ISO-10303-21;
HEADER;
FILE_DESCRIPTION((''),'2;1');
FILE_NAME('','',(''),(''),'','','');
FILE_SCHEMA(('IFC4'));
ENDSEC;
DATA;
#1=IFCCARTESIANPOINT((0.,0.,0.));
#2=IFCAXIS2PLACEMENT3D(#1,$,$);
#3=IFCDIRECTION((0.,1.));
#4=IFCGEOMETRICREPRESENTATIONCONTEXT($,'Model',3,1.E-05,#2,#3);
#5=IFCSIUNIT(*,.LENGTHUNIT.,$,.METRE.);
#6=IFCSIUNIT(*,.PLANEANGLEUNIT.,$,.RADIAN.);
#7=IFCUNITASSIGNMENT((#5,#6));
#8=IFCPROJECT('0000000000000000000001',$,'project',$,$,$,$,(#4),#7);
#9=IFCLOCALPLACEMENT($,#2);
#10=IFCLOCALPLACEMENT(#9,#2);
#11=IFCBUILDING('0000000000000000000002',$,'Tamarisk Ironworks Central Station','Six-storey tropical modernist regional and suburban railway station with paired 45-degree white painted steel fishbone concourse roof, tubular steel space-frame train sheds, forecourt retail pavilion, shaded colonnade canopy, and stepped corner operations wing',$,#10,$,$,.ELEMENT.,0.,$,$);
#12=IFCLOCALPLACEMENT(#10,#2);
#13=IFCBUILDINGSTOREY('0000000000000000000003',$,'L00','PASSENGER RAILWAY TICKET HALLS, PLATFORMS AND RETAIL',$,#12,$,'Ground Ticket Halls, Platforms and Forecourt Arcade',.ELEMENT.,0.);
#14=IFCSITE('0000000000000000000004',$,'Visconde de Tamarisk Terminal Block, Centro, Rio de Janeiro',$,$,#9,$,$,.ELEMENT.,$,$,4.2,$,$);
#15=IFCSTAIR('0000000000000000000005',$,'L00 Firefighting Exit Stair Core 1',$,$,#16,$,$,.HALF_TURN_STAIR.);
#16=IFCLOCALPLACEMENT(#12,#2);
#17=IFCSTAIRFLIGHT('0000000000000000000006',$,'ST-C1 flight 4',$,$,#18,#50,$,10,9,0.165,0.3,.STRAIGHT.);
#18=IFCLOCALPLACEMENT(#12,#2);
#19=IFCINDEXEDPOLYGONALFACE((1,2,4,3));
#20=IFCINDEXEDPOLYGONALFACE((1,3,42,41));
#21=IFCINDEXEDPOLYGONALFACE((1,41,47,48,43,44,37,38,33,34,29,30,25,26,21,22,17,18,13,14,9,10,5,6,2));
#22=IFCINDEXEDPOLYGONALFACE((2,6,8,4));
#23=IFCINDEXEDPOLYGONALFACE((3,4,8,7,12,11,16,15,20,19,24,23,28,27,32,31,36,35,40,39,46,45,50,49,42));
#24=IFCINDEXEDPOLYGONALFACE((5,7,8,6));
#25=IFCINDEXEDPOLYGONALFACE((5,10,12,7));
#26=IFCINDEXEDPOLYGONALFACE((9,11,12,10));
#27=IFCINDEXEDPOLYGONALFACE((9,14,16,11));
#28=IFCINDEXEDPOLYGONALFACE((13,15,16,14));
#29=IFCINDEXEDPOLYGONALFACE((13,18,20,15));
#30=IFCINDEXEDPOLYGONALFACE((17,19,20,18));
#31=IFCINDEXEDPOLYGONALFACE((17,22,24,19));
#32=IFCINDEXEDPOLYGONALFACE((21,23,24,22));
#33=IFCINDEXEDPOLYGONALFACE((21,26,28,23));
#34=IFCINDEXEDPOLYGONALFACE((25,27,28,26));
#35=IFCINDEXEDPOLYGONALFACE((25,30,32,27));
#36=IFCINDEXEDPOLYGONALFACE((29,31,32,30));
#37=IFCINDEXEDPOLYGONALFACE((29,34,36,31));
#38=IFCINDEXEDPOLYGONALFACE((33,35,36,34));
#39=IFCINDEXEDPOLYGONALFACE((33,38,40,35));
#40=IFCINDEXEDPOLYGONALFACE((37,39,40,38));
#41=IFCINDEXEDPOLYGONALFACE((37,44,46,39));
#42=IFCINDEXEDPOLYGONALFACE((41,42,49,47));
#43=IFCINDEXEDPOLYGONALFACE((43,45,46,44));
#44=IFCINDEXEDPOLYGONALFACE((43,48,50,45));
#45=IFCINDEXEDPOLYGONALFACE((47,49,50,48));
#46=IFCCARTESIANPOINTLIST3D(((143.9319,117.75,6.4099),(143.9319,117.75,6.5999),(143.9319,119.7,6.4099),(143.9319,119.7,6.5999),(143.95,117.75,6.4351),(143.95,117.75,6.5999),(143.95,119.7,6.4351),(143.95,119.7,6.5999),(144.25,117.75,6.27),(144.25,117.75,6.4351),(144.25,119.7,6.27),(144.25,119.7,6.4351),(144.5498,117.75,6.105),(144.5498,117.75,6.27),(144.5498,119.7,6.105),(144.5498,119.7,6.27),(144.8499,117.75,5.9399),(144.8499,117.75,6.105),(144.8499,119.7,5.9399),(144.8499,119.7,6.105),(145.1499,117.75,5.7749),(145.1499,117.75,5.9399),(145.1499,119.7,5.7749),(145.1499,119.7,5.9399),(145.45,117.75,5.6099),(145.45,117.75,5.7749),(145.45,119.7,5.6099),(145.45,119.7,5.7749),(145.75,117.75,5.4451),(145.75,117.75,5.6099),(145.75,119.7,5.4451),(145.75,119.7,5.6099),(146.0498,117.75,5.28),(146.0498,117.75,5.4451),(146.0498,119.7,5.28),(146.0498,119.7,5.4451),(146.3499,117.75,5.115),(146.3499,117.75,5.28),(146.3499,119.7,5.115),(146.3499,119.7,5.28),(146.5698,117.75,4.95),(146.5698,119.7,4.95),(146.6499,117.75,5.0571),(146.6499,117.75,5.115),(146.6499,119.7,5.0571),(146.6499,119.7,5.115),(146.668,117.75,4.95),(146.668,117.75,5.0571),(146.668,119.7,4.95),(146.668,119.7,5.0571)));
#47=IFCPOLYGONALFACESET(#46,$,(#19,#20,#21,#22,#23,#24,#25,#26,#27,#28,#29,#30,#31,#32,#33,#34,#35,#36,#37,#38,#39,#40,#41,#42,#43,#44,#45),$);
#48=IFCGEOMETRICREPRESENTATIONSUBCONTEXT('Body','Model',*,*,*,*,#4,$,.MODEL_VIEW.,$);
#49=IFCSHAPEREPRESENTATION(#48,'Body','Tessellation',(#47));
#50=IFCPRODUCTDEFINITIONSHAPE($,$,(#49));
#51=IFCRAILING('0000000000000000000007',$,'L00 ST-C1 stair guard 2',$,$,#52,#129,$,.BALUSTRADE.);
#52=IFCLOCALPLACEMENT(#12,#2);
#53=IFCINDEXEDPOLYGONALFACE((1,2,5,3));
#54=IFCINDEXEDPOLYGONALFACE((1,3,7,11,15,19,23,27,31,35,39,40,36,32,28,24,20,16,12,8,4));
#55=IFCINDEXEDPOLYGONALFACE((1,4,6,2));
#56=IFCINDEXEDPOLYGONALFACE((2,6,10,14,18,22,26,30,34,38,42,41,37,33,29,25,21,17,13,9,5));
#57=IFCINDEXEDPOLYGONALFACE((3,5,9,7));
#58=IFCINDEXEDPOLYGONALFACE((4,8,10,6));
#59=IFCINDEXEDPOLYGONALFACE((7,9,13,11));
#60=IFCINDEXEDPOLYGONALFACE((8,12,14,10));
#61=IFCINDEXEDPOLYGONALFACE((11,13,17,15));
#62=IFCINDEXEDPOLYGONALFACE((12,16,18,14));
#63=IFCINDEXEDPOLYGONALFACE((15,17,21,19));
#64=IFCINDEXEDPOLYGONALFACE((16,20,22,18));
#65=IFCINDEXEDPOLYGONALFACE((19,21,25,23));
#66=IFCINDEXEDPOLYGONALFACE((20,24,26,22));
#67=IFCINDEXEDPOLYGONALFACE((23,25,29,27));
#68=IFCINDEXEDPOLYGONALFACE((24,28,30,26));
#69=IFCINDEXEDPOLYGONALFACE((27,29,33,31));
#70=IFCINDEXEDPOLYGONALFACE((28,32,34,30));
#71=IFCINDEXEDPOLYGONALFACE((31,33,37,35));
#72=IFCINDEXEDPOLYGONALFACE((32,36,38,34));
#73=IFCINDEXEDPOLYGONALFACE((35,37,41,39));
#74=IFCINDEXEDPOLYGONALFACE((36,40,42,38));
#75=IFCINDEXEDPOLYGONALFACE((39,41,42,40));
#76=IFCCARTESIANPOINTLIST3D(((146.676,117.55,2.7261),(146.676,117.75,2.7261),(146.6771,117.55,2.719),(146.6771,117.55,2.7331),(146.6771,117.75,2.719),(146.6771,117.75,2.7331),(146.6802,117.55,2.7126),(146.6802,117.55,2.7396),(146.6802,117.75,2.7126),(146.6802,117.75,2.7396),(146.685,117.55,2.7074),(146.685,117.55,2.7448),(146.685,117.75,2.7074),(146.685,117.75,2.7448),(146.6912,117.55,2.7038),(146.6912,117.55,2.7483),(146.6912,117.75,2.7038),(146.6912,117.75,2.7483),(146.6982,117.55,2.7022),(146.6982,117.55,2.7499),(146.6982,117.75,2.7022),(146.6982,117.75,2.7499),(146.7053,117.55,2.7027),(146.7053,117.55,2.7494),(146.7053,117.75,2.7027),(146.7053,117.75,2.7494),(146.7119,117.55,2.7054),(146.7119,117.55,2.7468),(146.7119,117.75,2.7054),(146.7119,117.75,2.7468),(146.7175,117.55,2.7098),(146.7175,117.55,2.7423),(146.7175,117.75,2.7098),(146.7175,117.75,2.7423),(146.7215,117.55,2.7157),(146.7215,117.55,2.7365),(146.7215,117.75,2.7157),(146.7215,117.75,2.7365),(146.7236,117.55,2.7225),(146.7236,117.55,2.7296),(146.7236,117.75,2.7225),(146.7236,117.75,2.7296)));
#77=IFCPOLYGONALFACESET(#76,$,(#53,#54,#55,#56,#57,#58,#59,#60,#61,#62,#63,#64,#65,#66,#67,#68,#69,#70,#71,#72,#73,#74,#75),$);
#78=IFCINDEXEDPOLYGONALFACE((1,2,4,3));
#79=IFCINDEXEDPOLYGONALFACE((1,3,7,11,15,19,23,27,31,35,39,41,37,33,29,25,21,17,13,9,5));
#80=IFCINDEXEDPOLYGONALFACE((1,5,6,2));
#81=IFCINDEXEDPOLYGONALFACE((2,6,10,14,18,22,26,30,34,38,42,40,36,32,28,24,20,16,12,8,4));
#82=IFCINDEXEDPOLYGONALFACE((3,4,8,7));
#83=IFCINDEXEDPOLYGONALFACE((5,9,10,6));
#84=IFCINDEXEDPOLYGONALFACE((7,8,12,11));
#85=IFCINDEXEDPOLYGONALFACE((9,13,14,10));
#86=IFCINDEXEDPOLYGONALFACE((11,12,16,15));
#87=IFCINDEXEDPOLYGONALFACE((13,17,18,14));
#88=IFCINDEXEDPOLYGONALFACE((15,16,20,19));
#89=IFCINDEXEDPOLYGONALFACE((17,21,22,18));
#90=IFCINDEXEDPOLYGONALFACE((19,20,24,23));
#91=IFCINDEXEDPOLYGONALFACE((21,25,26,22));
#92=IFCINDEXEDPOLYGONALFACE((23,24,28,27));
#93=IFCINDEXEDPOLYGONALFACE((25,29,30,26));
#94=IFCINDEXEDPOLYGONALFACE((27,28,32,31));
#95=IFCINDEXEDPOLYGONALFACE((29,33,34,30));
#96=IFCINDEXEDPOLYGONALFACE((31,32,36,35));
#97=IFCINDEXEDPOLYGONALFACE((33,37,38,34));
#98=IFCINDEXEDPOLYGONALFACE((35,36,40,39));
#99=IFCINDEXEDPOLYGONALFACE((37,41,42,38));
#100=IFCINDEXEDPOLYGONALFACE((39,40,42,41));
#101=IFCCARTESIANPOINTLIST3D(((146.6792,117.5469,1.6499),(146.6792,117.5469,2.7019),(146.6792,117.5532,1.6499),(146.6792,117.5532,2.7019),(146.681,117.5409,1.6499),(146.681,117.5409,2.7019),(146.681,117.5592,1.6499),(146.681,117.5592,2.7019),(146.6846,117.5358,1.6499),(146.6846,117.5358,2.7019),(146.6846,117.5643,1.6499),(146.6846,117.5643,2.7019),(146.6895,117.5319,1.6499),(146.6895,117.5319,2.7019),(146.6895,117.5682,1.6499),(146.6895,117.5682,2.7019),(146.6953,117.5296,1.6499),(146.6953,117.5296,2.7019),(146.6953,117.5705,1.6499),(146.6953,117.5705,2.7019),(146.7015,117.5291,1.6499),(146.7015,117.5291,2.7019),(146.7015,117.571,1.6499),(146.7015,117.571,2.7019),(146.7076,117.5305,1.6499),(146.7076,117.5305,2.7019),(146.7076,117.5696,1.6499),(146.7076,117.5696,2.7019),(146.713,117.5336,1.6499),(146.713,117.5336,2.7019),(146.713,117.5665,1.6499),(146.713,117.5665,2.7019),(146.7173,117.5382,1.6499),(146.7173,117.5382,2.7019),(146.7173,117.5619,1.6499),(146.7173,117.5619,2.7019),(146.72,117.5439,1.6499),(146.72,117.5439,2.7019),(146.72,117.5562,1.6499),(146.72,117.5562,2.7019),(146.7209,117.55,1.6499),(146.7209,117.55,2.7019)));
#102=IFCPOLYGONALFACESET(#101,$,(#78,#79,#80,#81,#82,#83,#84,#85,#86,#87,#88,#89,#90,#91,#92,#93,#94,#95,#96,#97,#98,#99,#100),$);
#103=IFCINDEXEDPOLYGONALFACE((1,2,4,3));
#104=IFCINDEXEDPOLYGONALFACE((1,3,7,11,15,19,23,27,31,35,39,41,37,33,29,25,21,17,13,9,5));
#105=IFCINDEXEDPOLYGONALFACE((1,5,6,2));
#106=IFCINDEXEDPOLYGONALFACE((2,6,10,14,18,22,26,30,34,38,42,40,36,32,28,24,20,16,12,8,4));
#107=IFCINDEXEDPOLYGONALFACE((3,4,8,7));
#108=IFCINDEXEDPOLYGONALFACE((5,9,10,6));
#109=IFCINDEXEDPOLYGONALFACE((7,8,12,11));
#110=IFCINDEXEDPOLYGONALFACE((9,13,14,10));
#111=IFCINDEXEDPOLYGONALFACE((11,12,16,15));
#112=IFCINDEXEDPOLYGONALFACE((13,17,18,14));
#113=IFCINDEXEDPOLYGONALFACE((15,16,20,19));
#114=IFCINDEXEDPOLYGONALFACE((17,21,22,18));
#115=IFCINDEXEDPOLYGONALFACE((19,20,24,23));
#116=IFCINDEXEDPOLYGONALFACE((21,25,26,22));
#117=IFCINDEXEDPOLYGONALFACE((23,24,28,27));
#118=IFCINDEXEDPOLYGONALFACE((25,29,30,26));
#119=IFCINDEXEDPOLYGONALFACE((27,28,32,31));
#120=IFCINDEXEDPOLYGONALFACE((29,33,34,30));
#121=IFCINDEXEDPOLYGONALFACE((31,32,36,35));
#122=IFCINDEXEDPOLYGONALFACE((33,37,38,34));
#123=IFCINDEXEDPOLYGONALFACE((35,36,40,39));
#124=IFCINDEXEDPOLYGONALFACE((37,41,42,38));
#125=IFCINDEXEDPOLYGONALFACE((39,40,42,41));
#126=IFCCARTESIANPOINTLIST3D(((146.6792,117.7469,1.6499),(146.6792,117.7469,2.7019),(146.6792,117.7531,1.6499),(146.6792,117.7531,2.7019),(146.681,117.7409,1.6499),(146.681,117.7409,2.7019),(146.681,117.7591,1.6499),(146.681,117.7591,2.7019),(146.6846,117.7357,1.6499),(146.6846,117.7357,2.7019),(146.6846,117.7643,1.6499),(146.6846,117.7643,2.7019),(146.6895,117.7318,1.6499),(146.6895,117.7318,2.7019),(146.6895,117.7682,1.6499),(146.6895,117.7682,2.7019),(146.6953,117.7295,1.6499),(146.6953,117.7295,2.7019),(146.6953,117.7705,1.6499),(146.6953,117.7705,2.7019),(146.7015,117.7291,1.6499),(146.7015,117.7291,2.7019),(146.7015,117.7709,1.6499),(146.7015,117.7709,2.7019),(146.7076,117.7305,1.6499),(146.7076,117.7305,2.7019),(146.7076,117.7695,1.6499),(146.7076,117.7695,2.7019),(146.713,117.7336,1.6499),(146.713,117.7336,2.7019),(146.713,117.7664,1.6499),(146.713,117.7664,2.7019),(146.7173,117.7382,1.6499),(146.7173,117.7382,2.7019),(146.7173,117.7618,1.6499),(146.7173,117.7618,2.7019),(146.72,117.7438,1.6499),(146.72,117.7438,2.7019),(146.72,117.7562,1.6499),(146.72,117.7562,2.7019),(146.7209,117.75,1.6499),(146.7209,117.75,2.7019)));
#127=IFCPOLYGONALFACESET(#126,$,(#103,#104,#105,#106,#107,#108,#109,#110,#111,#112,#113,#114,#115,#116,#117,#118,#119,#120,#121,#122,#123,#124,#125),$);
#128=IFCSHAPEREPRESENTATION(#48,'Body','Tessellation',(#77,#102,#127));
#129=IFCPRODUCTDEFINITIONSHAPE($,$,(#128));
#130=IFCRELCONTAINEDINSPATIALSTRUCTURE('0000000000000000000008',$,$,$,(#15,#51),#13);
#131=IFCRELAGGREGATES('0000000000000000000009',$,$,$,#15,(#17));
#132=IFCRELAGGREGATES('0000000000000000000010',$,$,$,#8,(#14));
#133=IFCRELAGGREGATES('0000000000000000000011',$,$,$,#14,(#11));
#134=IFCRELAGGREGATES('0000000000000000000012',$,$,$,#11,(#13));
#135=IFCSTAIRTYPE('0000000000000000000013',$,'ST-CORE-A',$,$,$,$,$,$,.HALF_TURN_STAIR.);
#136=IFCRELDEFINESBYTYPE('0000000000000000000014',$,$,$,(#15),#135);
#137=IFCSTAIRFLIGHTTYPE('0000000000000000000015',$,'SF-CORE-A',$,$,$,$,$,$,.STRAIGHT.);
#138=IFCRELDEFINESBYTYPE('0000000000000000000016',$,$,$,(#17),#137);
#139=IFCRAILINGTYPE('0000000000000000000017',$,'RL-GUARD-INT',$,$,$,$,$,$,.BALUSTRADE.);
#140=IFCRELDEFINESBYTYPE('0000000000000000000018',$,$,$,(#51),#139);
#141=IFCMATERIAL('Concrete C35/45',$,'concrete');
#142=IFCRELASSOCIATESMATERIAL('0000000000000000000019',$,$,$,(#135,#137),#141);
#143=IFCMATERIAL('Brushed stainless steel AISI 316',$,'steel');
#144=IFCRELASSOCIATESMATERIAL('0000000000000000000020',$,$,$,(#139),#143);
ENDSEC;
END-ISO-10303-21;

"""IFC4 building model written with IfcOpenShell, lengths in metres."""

from ifc_helpers import new_model, si_unit, direction, frame, origin, origin_2d, place, context, subcontext, project, spatial, polyline, circle, outline, extrude, material, type_object, element, aggregate, save


model = new_model("IFC4")

# Units and contexts
model_context = context("Model", 3, precision=1e-05, world=origin(), true_north=direction((0.0, 1.0)))
body_context = subcontext(model_context, "Body", "Model", "MODEL_VIEW")
ifc_project = project(units=[si_unit("LENGTHUNIT", "METRE"), si_unit("PLANEANGLEUNIT", "RADIAN")], contexts=[model_context])

# Site, building, storey
site_placement = place(None, origin())
site = spatial("IfcSite", under=ifc_project, at=site_placement, Name="Visconde de Tamarisk Terminal Block, Centro, Rio de Janeiro", CompositionType="ELEMENT", RefElevation=4.2)
building_placement = place(site_placement, origin())
building = spatial("IfcBuilding", under=site, at=building_placement, Name="Tamarisk Ironworks Central Station", Description="Six-storey tropical modernist regional and suburban railway station with paired 45-degree white painted steel fishbone concourse roof, tubular steel space-frame train sheds, forecourt retail pavilion, shaded colonnade canopy, and stepped corner operations wing", CompositionType="ELEMENT", ElevationOfRefHeight=0.0)
storey_placement = place(building_placement, origin())
storey = spatial("IfcBuildingStorey", under=building, at=storey_placement, Name="L00", Description="PASSENGER RAILWAY TICKET HALLS, PLATFORMS AND RETAIL", LongName="Ground Ticket Halls, Platforms and Forecourt Arcade", CompositionType="ELEMENT", Elevation=0.0)

# Stair, stair flight
ifc_material_1 = material(Name="Concrete C35/45", Category="concrete")
stair_type = type_object("IfcStairType", Name="ST-CORE-A", PredefinedType="HALF_TURN_STAIR", material=ifc_material_1)
stair_placement = place(storey_placement, origin())
stair = element("IfcStair", 1, at=stair_placement, inside=storey, type_object=stair_type, Name="L00 Firefighting Exit Stair Core 1", PredefinedType="HALF_TURN_STAIR")
stair_flight_type = type_object("IfcStairFlightType", Name="SF-CORE-A", PredefinedType="STRAIGHT", material=ifc_material_1)
stair_flight_1_placement = place(storey_placement, frame((146.6499, 118.7251, 4.95), z_axis=(0.0, 0.0, 1.0), x_axis=(-1.0, 0.0, 0.0)))
stair_flight_1 = element("IfcStairFlight", 2, at=stair_flight_1_placement, type_object=stair_flight_type, Name="ST-C1 flight 4", NumberOfRisers=10, NumberOfTreads=9, PredefinedType="STRAIGHT", RiserHeight=0.165, TreadLength=0.3, context=body_context, shape_type="SweptSolid", body=[
    extrude(outline(polyline([(-0.0181, 0.0), (-0.0181, 0.1072), (0.0, 0.1072), (0.0, 0.165), (0.3, 0.165), (0.3, 0.3301), (0.6001, 0.3301), (0.6001, 0.4951), (0.8999, 0.4951), (0.8999, 0.6599), (1.2, 0.6599), (1.2, 0.825), (1.5, 0.825), (1.5, 0.99), (1.8, 0.99), (1.8, 1.155), (2.1001, 1.155), (2.1001, 1.3201), (2.3999, 1.3201), (2.3999, 1.4851), (2.7, 1.4851), (2.7, 1.6499), (2.718, 1.6499), (2.718, 1.46), (0.0801, 0.0), (-0.0181, 0.0)])), frame((0.0, 0.9751, 0.0), z_axis=(0.0, -1.0, 0.0), x_axis=(1.0, 0.0, 0.0)), (0.0, 0.0, 1.0), 1.95),
])
aggregate(stair, [stair_flight_1])

# Railing
ifc_material_2 = material(Name="Brushed stainless steel AISI 316", Category="steel")
railing_type_1 = type_object("IfcRailingType", Name="RL-GUARD-INT", PredefinedType="BALUSTRADE", material=ifc_material_2)
railing_1_placement = place(storey_placement, frame((146.7, 117.55, 1.6499)))
element("IfcRailing", 3, at=railing_1_placement, inside=storey, type_object=railing_type_1, Name="L00 ST-C1 stair guard 2", PredefinedType="BALUSTRADE", context=body_context, shape_type="SweptSolid", body=[
    extrude(circle(Radius=0.0239, at=origin_2d()), frame((0.0, 0.0, 1.0762), z_axis=(0.0, 1.0, 0.0), x_axis=(-1.0, 0.0, 0.0)), (0.0, 0.0, 1.0), 0.2),
    extrude(circle(Radius=0.021, at=origin_2d()), origin(), (0.0, 0.0, 1.0), 1.052),
    extrude(circle(Radius=0.021, at=origin_2d()), frame((0.0, 0.2, 0.0)), (0.0, 0.0, 1.0), 1.052),
])

save(model, "model.ifc")
